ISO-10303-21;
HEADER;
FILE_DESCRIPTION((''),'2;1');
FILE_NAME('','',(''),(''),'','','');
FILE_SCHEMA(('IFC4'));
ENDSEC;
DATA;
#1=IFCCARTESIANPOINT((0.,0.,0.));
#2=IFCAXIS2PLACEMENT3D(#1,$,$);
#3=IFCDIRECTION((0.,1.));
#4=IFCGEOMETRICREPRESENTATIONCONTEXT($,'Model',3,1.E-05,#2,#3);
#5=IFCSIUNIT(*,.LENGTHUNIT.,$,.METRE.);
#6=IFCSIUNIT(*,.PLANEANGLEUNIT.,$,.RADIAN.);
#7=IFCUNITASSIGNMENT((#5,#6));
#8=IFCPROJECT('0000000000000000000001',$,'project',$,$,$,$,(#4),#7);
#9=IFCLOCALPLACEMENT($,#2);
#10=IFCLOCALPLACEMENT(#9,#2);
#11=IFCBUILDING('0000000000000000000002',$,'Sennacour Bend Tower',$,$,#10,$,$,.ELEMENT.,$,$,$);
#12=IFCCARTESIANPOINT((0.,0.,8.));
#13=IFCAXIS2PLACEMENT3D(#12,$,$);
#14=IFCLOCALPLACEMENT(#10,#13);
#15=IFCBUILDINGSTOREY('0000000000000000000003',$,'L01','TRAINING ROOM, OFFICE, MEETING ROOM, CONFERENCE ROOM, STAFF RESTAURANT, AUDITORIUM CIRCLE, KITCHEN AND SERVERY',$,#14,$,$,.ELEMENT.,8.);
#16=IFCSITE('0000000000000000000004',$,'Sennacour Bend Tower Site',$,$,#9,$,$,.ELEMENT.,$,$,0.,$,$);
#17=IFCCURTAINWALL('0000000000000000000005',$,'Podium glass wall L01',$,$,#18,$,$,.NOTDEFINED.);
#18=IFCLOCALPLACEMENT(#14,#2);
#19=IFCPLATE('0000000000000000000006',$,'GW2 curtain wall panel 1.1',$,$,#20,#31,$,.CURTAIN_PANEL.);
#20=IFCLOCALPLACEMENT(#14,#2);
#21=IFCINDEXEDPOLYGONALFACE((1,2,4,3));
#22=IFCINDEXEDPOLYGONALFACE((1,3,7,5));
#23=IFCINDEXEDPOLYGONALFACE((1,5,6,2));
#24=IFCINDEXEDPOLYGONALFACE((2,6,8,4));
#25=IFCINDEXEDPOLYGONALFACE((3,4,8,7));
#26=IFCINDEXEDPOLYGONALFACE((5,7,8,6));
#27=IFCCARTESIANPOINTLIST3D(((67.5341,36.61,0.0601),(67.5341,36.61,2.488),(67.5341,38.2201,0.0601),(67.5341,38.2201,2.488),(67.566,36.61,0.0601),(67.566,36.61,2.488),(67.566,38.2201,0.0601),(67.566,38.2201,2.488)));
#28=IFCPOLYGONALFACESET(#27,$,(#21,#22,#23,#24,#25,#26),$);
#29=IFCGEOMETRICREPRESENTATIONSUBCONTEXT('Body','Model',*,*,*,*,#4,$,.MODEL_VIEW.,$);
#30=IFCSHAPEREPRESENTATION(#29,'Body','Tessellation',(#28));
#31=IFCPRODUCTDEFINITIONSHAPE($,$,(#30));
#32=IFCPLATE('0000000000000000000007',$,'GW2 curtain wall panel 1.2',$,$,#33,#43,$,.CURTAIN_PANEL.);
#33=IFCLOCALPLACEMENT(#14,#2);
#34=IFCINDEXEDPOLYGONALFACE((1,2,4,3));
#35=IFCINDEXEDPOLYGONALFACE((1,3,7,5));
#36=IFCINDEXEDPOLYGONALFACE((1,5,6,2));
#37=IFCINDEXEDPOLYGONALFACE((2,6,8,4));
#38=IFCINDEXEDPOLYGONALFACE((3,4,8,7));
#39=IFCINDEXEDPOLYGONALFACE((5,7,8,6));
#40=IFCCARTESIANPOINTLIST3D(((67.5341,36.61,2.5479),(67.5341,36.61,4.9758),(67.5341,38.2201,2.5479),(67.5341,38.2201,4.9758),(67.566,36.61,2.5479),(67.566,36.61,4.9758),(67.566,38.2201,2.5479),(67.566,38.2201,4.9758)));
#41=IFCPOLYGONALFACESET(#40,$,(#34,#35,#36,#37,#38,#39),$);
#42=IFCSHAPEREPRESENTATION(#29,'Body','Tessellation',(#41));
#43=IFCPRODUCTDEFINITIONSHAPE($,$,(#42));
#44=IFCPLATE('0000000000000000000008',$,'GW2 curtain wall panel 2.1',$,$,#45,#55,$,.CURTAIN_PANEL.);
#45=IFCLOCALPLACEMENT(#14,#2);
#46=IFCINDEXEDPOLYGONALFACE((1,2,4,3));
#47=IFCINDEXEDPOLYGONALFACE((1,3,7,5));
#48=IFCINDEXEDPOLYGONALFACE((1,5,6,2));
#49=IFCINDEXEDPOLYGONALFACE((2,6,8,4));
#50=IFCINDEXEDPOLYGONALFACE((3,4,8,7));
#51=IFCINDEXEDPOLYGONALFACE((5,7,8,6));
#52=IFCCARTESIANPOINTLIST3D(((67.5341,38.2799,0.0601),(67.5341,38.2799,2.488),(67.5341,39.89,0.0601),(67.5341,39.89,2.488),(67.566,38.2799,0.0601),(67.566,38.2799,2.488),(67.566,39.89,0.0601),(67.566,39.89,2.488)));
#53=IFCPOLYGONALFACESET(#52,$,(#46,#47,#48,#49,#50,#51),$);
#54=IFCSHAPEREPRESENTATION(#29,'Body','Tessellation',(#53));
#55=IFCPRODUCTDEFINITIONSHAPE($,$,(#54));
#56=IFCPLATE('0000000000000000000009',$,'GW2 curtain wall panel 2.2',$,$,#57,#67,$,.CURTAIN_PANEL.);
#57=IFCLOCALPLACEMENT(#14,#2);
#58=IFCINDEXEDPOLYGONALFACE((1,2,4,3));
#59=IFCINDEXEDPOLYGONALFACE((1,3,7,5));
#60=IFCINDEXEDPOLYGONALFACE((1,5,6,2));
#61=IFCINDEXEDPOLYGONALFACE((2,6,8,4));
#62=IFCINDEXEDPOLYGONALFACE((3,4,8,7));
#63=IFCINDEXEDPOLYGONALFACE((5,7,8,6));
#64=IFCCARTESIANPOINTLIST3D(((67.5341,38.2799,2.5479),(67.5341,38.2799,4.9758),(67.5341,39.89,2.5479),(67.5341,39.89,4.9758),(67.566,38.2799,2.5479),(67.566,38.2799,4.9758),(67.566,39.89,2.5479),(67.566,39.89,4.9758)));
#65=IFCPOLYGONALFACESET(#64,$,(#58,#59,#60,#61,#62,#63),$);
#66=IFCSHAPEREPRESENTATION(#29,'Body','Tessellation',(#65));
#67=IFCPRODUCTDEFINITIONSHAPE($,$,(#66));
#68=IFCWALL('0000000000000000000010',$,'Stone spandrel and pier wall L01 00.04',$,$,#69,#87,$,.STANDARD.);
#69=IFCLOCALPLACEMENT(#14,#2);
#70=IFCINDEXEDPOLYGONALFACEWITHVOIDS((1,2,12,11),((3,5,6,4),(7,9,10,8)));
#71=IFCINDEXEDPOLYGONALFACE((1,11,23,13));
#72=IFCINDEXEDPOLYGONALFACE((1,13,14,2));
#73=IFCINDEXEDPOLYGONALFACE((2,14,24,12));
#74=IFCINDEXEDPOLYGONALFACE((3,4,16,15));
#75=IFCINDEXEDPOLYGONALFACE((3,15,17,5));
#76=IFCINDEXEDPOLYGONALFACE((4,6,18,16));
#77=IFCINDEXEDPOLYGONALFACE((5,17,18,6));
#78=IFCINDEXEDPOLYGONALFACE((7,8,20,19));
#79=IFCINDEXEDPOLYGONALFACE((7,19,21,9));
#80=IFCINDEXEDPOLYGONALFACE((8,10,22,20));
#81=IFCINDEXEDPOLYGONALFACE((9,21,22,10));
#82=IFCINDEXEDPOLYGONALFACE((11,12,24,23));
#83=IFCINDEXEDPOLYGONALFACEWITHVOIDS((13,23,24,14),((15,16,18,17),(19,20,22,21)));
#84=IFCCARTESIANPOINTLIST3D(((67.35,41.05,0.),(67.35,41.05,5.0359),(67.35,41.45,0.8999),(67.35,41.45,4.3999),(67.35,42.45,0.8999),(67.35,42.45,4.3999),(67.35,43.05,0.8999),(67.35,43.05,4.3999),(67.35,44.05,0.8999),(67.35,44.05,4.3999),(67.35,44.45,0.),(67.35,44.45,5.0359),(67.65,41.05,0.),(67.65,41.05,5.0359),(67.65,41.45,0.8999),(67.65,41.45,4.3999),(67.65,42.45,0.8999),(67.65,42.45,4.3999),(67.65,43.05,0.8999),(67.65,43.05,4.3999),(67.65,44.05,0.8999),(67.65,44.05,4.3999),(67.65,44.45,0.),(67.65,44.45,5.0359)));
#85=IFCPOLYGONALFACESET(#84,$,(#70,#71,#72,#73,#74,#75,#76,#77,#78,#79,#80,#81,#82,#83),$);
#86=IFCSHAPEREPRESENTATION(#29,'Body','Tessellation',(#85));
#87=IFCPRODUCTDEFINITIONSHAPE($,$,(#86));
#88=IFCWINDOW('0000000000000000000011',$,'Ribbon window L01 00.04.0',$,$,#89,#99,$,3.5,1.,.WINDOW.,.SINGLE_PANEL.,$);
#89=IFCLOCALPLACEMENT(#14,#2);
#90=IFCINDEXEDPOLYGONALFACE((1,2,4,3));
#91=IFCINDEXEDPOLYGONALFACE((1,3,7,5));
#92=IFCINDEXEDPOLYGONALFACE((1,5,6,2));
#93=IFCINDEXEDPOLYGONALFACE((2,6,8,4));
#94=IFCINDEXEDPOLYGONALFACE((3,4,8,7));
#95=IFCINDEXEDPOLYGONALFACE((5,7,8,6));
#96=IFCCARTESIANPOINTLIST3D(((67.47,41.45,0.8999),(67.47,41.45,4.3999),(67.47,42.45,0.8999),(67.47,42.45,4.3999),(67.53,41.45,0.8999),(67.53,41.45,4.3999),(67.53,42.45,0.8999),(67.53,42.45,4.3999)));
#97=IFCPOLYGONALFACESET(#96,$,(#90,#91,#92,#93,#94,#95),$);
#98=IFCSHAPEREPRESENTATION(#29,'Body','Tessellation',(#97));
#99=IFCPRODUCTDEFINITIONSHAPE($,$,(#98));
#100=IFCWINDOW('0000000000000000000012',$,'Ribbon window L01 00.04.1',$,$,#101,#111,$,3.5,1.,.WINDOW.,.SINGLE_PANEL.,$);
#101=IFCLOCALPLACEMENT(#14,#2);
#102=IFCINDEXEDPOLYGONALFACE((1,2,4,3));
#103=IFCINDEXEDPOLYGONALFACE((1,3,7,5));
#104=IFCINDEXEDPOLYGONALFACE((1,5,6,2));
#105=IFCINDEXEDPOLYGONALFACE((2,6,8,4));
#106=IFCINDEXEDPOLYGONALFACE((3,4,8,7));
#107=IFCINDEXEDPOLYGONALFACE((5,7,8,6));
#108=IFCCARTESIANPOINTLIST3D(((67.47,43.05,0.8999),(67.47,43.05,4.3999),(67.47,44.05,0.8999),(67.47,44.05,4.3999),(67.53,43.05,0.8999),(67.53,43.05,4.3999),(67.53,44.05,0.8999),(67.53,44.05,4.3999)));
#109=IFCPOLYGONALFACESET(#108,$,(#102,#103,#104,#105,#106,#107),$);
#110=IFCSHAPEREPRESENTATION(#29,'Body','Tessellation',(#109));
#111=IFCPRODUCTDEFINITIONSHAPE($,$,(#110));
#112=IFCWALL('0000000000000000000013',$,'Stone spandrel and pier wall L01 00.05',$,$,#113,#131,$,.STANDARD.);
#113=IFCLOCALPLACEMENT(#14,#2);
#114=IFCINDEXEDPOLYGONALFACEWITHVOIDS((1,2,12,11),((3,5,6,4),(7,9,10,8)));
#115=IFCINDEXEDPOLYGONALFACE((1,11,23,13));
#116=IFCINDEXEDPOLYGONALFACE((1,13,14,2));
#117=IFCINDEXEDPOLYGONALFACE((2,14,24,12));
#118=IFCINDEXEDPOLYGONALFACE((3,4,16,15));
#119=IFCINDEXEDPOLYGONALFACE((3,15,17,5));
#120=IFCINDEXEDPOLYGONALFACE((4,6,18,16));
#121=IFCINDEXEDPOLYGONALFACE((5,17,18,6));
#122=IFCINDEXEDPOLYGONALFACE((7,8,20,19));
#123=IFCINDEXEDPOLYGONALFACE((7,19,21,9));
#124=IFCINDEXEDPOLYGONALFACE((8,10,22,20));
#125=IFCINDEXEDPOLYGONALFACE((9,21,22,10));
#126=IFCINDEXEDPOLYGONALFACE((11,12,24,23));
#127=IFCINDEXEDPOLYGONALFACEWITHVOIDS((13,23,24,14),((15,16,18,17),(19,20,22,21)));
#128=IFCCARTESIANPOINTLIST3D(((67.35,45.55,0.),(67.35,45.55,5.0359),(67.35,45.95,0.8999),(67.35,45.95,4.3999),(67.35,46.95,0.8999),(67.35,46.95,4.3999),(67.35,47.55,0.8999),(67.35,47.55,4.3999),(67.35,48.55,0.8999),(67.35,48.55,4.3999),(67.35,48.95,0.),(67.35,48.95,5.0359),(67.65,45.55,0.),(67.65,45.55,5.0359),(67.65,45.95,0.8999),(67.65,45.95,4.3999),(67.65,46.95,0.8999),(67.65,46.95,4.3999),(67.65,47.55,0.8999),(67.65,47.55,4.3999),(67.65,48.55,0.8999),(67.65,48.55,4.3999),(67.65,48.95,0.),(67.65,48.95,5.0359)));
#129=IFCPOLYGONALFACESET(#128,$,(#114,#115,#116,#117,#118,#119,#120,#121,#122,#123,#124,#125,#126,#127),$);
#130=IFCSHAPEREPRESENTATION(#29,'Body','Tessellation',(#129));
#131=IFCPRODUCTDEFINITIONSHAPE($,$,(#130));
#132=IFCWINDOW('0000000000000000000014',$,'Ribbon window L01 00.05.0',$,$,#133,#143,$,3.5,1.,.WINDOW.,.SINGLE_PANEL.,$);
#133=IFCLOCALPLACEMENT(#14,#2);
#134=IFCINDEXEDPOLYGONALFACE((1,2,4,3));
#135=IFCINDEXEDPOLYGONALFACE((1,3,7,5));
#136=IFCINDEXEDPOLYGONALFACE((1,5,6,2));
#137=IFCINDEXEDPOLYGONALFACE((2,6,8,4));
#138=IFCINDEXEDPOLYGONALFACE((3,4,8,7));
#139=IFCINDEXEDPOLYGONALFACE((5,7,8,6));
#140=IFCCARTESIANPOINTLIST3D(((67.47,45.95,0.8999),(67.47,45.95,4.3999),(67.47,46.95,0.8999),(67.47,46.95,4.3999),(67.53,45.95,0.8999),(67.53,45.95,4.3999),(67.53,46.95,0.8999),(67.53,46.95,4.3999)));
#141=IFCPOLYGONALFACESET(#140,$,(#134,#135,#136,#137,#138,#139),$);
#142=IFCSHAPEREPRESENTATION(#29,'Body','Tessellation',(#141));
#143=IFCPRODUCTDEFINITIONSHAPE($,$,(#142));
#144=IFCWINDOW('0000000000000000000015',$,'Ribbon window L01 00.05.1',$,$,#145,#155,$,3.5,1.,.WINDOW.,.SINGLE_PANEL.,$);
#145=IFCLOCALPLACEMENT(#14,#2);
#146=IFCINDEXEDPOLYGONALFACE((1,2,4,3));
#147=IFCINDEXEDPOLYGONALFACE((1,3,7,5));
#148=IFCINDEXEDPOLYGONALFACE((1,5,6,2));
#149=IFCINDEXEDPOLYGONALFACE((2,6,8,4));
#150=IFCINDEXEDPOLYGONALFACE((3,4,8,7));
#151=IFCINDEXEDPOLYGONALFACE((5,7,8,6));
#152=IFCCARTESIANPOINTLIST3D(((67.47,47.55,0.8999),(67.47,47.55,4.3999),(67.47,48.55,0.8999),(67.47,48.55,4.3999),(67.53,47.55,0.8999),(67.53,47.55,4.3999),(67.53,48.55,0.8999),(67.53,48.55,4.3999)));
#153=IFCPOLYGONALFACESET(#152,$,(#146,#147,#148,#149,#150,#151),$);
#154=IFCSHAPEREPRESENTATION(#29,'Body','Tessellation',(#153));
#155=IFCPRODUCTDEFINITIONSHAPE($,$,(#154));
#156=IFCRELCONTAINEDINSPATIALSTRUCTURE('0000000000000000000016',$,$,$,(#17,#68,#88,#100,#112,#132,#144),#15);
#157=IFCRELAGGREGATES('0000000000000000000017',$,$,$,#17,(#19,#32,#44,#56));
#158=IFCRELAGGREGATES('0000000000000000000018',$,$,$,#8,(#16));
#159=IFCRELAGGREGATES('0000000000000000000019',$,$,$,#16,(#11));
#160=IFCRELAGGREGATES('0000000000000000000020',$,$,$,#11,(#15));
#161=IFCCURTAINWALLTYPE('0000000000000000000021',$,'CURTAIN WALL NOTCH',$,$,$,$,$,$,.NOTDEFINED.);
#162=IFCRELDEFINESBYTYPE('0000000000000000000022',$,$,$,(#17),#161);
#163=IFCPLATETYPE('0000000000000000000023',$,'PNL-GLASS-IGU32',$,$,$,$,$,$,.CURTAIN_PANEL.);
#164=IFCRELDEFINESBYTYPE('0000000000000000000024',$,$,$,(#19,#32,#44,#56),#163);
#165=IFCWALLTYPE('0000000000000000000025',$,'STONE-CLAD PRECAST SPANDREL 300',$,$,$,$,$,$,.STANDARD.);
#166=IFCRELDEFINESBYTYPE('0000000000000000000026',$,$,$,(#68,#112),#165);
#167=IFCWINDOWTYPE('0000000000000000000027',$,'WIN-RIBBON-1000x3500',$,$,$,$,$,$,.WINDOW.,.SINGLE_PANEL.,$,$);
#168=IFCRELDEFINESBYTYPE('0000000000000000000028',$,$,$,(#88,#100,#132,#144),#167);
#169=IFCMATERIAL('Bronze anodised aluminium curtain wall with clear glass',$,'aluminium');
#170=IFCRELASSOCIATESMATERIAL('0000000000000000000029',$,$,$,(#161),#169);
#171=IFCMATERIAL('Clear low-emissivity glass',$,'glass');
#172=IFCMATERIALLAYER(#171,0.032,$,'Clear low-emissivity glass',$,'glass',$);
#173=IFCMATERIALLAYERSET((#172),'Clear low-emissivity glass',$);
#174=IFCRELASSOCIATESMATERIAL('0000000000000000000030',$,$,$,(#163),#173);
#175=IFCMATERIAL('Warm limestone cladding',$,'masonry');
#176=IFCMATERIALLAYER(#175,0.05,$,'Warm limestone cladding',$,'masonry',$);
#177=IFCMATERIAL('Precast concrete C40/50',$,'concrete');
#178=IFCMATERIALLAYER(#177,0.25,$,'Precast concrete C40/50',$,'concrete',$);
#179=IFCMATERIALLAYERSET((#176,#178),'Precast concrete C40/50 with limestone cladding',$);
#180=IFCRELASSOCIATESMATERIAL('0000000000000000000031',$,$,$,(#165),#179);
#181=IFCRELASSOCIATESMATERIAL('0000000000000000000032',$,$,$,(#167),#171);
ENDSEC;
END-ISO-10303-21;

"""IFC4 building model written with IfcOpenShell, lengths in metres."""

from ifc_helpers import new_model, si_unit, direction, frame, frame_2d, origin, origin_2d, place, context, subcontext, project, spatial, rectangle, extrude, material, layer, layer_set, type_object, element, fill, aggregate, save


model = new_model("IFC4")

# Units and contexts
model_context = context("Model", 3, precision=1e-05, world=origin(), true_north=direction((0.0, 1.0)))
body_context = subcontext(model_context, "Body", "Model", "MODEL_VIEW")
ifc_project = project(units=[si_unit("LENGTHUNIT", "METRE"), si_unit("PLANEANGLEUNIT", "RADIAN")], contexts=[model_context])

# Site, building, storey
site_placement = place(None, origin())
site = spatial("IfcSite", under=ifc_project, at=site_placement, Name="Sennacour Bend Tower Site", CompositionType="ELEMENT", RefElevation=0.0)
building_placement = place(site_placement, origin())
building = spatial("IfcBuilding", under=site, at=building_placement, Name="Sennacour Bend Tower", CompositionType="ELEMENT")
storey_placement = place(building_placement, frame((0.0, 0.0, 8.0)))
storey = spatial("IfcBuildingStorey", under=building, at=storey_placement, Name="L01", Description="TRAINING ROOM, OFFICE, MEETING ROOM, CONFERENCE ROOM, STAFF RESTAURANT, AUDITORIUM CIRCLE, KITCHEN AND SERVERY", CompositionType="ELEMENT", Elevation=8.0)

# Curtain wall
ifc_material_1 = material(Name="Bronze anodised aluminium curtain wall with clear glass", Category="aluminium")
curtain_wall_type = type_object("IfcCurtainWallType", Name="CURTAIN WALL NOTCH", PredefinedType="NOTDEFINED", material=ifc_material_1)
curtain_wall_1_placement = place(storey_placement, origin())
curtain_wall_1 = element("IfcCurtainWall", 1, at=curtain_wall_1_placement, inside=storey, type_object=curtain_wall_type, Name="Podium glass wall L01", PredefinedType="NOTDEFINED")

# Plates
ifc_material_2 = material(Name="Clear low-emissivity glass", Category="glass")
ifc_layer_1 = layer(ifc_material_2, 0.032, Name="Clear low-emissivity glass", Category="glass")
ifc_layer_set_1 = layer_set([ifc_layer_1], Name="Clear low-emissivity glass")
plate_type = type_object("IfcPlateType", Name="PNL-GLASS-IGU32", PredefinedType="CURTAIN_PANEL", material=ifc_layer_set_1)
plate_1_placement = place(storey_placement, frame((67.55, 37.415, 0.0601), z_axis=(0.0, 0.0, 1.0), x_axis=(0.0, 1.0, 0.0)))
plate_1 = element("IfcPlate", 2, at=plate_1_placement, type_object=plate_type, Name="GW2 curtain wall panel 1.1", PredefinedType="CURTAIN_PANEL", context=body_context, shape_type="SweptSolid", body=[
    extrude(rectangle(XDim=1.6101, YDim=0.032, at=origin_2d()), origin(), (0.0, 0.0, 1.0), 2.428),
])
plate_2_placement = place(storey_placement, frame((67.55, 37.415, 2.5479), z_axis=(0.0, 0.0, 1.0), x_axis=(0.0, 1.0, 0.0)))
plate_2 = element("IfcPlate", 3, at=plate_2_placement, type_object=plate_type, Name="GW2 curtain wall panel 1.2", PredefinedType="CURTAIN_PANEL", context=body_context, shape_type="SweptSolid", body=[
    extrude(rectangle(XDim=1.6101, YDim=0.032, at=origin_2d()), origin(), (0.0, 0.0, 1.0), 2.428),
])
plate_3_placement = place(storey_placement, frame((67.55, 39.085, 0.0601), z_axis=(0.0, 0.0, 1.0), x_axis=(0.0, 1.0, 0.0)))
plate_3 = element("IfcPlate", 4, at=plate_3_placement, type_object=plate_type, Name="GW2 curtain wall panel 2.1", PredefinedType="CURTAIN_PANEL", context=body_context, shape_type="SweptSolid", body=[
    extrude(rectangle(XDim=1.6101, YDim=0.032, at=origin_2d()), origin(), (0.0, 0.0, 1.0), 2.428),
])
plate_4_placement = place(storey_placement, frame((67.55, 39.085, 2.5479), z_axis=(0.0, 0.0, 1.0), x_axis=(0.0, 1.0, 0.0)))
plate_4 = element("IfcPlate", 5, at=plate_4_placement, type_object=plate_type, Name="GW2 curtain wall panel 2.2", PredefinedType="CURTAIN_PANEL", context=body_context, shape_type="SweptSolid", body=[
    extrude(rectangle(XDim=1.6101, YDim=0.032, at=origin_2d()), origin(), (0.0, 0.0, 1.0), 2.428),
])
aggregate(curtain_wall_1, [plate_1, plate_2, plate_3, plate_4])

# Walls, openings, windows
ifc_material_3 = material(Name="Warm limestone cladding", Category="masonry")
ifc_layer_2 = layer(ifc_material_3, 0.05, Name="Warm limestone cladding", Category="masonry")
ifc_material_4 = material(Name="Precast concrete C40/50", Category="concrete")
ifc_layer_3 = layer(ifc_material_4, 0.25, Name="Precast concrete C40/50", Category="concrete")
ifc_layer_set_2 = layer_set([ifc_layer_2, ifc_layer_3], Name="Precast concrete C40/50 with limestone cladding")
wall_type = type_object("IfcWallType", Name="STONE-CLAD PRECAST SPANDREL 300", PredefinedType="STANDARD", material=ifc_layer_set_2)
wall_1_placement = place(storey_placement, frame((67.5, 41.05, 0.0), z_axis=(0.0, 0.0, 1.0), x_axis=(0.0, 1.0, 0.0)))
wall_1 = element("IfcWall", 6, at=wall_1_placement, inside=storey, type_object=wall_type, Name="Stone spandrel and pier wall L01 00.04", PredefinedType="STANDARD", context=body_context, shape_type="SweptSolid", body=[
    extrude(rectangle(XDim=3.3999, YDim=0.3, at=frame_2d((1.7, 0.0))), origin(), (0.0, 0.0, 1.0), 5.0359),
])
opening_1_placement = place(wall_1_placement, frame((0.3999, 0.0, 0.8999)))
opening_1 = element("IfcOpeningElement", 7, at=opening_1_placement, cuts=wall_1, PredefinedType="OPENING", context=body_context, shape_type="SweptSolid", body=[
    extrude(rectangle(XDim=1.0, YDim=3.5, at=frame_2d((0.5, 1.75))), frame((0.0, 0.1602, 0.0), z_axis=(0.0, -1.0, 0.0), x_axis=(1.0, 0.0, 0.0)), (0.0, 0.0, 1.0), 0.3201),
])
opening_2_placement = place(wall_1_placement, frame((2.0, 0.0, 0.8999)))
opening_2 = element("IfcOpeningElement", 8, at=opening_2_placement, cuts=wall_1, PredefinedType="OPENING", context=body_context, shape_type="SweptSolid", body=[
    extrude(rectangle(XDim=1.0, YDim=3.5, at=frame_2d((0.5, 1.75))), frame((0.0, 0.1602, 0.0), z_axis=(0.0, -1.0, 0.0), x_axis=(1.0, 0.0, 0.0)), (0.0, 0.0, 1.0), 0.3201),
])
window_type = type_object("IfcWindowType", Name="WIN-RIBBON-1000x3500", PartitioningType="SINGLE_PANEL", PredefinedType="WINDOW", material=ifc_material_2)
window_1_placement = place(opening_1_placement, origin())
window_1 = element("IfcWindow", 9, at=window_1_placement, inside=storey, type_object=window_type, Name="Ribbon window L01 00.04.0", OverallHeight=3.5, OverallWidth=1.0, PartitioningType="SINGLE_PANEL", PredefinedType="WINDOW", context=body_context, shape_type="SweptSolid", body=[
    extrude(rectangle(XDim=1.0, YDim=3.5, at=frame_2d((0.5, 1.75))), frame((0.0, 0.03, 0.0), z_axis=(0.0, -1.0, 0.0), x_axis=(1.0, 0.0, 0.0)), (0.0, 0.0, 1.0), 0.0601),
])
fill(opening_1, window_1)
window_2_placement = place(opening_2_placement, origin())
window_2 = element("IfcWindow", 10, at=window_2_placement, inside=storey, type_object=window_type, Name="Ribbon window L01 00.04.1", OverallHeight=3.5, OverallWidth=1.0, PartitioningType="SINGLE_PANEL", PredefinedType="WINDOW", context=body_context, shape_type="SweptSolid", body=[
    extrude(rectangle(XDim=1.0, YDim=3.5, at=frame_2d((0.5, 1.75))), frame((0.0, 0.03, 0.0), z_axis=(0.0, -1.0, 0.0), x_axis=(1.0, 0.0, 0.0)), (0.0, 0.0, 1.0), 0.0601),
])
fill(opening_2, window_2)
wall_2_placement = place(storey_placement, frame((67.5, 45.55, 0.0), z_axis=(0.0, 0.0, 1.0), x_axis=(0.0, 1.0, 0.0)))
wall_2 = element("IfcWall", 11, at=wall_2_placement, inside=storey, type_object=wall_type, Name="Stone spandrel and pier wall L01 00.05", PredefinedType="STANDARD", context=body_context, shape_type="SweptSolid", body=[
    extrude(rectangle(XDim=3.3999, YDim=0.3, at=frame_2d((1.7, 0.0))), origin(), (0.0, 0.0, 1.0), 5.0359),
])
opening_3_placement = place(wall_2_placement, frame((0.3999, 0.0, 0.8999)))
opening_3 = element("IfcOpeningElement", 12, at=opening_3_placement, cuts=wall_2, PredefinedType="OPENING", context=body_context, shape_type="SweptSolid", body=[
    extrude(rectangle(XDim=1.0, YDim=3.5, at=frame_2d((0.5, 1.75))), frame((0.0, 0.1602, 0.0), z_axis=(0.0, -1.0, 0.0), x_axis=(1.0, 0.0, 0.0)), (0.0, 0.0, 1.0), 0.3201),
])
opening_4_placement = place(wall_2_placement, frame((2.0, 0.0, 0.8999)))
opening_4 = element("IfcOpeningElement", 13, at=opening_4_placement, cuts=wall_2, PredefinedType="OPENING", context=body_context, shape_type="SweptSolid", body=[
    extrude(rectangle(XDim=1.0, YDim=3.5, at=frame_2d((0.5, 1.75))), frame((0.0, 0.1602, 0.0), z_axis=(0.0, -1.0, 0.0), x_axis=(1.0, 0.0, 0.0)), (0.0, 0.0, 1.0), 0.3201),
])
window_3_placement = place(opening_3_placement, origin())
window_3 = element("IfcWindow", 14, at=window_3_placement, inside=storey, type_object=window_type, Name="Ribbon window L01 00.05.0", OverallHeight=3.5, OverallWidth=1.0, PartitioningType="SINGLE_PANEL", PredefinedType="WINDOW", context=body_context, shape_type="SweptSolid", body=[
    extrude(rectangle(XDim=1.0, YDim=3.5, at=frame_2d((0.5, 1.75))), frame((0.0, 0.03, 0.0), z_axis=(0.0, -1.0, 0.0), x_axis=(1.0, 0.0, 0.0)), (0.0, 0.0, 1.0), 0.0601),
])
fill(opening_3, window_3)
window_4_placement = place(opening_4_placement, origin())
window_4 = element("IfcWindow", 15, at=window_4_placement, inside=storey, type_object=window_type, Name="Ribbon window L01 00.05.1", OverallHeight=3.5, OverallWidth=1.0, PartitioningType="SINGLE_PANEL", PredefinedType="WINDOW", context=body_context, shape_type="SweptSolid", body=[
    extrude(rectangle(XDim=1.0, YDim=3.5, at=frame_2d((0.5, 1.75))), frame((0.0, 0.03, 0.0), z_axis=(0.0, -1.0, 0.0), x_axis=(1.0, 0.0, 0.0)), (0.0, 0.0, 1.0), 0.0601),
])
fill(opening_4, window_4)

save(model, "model.ifc")
